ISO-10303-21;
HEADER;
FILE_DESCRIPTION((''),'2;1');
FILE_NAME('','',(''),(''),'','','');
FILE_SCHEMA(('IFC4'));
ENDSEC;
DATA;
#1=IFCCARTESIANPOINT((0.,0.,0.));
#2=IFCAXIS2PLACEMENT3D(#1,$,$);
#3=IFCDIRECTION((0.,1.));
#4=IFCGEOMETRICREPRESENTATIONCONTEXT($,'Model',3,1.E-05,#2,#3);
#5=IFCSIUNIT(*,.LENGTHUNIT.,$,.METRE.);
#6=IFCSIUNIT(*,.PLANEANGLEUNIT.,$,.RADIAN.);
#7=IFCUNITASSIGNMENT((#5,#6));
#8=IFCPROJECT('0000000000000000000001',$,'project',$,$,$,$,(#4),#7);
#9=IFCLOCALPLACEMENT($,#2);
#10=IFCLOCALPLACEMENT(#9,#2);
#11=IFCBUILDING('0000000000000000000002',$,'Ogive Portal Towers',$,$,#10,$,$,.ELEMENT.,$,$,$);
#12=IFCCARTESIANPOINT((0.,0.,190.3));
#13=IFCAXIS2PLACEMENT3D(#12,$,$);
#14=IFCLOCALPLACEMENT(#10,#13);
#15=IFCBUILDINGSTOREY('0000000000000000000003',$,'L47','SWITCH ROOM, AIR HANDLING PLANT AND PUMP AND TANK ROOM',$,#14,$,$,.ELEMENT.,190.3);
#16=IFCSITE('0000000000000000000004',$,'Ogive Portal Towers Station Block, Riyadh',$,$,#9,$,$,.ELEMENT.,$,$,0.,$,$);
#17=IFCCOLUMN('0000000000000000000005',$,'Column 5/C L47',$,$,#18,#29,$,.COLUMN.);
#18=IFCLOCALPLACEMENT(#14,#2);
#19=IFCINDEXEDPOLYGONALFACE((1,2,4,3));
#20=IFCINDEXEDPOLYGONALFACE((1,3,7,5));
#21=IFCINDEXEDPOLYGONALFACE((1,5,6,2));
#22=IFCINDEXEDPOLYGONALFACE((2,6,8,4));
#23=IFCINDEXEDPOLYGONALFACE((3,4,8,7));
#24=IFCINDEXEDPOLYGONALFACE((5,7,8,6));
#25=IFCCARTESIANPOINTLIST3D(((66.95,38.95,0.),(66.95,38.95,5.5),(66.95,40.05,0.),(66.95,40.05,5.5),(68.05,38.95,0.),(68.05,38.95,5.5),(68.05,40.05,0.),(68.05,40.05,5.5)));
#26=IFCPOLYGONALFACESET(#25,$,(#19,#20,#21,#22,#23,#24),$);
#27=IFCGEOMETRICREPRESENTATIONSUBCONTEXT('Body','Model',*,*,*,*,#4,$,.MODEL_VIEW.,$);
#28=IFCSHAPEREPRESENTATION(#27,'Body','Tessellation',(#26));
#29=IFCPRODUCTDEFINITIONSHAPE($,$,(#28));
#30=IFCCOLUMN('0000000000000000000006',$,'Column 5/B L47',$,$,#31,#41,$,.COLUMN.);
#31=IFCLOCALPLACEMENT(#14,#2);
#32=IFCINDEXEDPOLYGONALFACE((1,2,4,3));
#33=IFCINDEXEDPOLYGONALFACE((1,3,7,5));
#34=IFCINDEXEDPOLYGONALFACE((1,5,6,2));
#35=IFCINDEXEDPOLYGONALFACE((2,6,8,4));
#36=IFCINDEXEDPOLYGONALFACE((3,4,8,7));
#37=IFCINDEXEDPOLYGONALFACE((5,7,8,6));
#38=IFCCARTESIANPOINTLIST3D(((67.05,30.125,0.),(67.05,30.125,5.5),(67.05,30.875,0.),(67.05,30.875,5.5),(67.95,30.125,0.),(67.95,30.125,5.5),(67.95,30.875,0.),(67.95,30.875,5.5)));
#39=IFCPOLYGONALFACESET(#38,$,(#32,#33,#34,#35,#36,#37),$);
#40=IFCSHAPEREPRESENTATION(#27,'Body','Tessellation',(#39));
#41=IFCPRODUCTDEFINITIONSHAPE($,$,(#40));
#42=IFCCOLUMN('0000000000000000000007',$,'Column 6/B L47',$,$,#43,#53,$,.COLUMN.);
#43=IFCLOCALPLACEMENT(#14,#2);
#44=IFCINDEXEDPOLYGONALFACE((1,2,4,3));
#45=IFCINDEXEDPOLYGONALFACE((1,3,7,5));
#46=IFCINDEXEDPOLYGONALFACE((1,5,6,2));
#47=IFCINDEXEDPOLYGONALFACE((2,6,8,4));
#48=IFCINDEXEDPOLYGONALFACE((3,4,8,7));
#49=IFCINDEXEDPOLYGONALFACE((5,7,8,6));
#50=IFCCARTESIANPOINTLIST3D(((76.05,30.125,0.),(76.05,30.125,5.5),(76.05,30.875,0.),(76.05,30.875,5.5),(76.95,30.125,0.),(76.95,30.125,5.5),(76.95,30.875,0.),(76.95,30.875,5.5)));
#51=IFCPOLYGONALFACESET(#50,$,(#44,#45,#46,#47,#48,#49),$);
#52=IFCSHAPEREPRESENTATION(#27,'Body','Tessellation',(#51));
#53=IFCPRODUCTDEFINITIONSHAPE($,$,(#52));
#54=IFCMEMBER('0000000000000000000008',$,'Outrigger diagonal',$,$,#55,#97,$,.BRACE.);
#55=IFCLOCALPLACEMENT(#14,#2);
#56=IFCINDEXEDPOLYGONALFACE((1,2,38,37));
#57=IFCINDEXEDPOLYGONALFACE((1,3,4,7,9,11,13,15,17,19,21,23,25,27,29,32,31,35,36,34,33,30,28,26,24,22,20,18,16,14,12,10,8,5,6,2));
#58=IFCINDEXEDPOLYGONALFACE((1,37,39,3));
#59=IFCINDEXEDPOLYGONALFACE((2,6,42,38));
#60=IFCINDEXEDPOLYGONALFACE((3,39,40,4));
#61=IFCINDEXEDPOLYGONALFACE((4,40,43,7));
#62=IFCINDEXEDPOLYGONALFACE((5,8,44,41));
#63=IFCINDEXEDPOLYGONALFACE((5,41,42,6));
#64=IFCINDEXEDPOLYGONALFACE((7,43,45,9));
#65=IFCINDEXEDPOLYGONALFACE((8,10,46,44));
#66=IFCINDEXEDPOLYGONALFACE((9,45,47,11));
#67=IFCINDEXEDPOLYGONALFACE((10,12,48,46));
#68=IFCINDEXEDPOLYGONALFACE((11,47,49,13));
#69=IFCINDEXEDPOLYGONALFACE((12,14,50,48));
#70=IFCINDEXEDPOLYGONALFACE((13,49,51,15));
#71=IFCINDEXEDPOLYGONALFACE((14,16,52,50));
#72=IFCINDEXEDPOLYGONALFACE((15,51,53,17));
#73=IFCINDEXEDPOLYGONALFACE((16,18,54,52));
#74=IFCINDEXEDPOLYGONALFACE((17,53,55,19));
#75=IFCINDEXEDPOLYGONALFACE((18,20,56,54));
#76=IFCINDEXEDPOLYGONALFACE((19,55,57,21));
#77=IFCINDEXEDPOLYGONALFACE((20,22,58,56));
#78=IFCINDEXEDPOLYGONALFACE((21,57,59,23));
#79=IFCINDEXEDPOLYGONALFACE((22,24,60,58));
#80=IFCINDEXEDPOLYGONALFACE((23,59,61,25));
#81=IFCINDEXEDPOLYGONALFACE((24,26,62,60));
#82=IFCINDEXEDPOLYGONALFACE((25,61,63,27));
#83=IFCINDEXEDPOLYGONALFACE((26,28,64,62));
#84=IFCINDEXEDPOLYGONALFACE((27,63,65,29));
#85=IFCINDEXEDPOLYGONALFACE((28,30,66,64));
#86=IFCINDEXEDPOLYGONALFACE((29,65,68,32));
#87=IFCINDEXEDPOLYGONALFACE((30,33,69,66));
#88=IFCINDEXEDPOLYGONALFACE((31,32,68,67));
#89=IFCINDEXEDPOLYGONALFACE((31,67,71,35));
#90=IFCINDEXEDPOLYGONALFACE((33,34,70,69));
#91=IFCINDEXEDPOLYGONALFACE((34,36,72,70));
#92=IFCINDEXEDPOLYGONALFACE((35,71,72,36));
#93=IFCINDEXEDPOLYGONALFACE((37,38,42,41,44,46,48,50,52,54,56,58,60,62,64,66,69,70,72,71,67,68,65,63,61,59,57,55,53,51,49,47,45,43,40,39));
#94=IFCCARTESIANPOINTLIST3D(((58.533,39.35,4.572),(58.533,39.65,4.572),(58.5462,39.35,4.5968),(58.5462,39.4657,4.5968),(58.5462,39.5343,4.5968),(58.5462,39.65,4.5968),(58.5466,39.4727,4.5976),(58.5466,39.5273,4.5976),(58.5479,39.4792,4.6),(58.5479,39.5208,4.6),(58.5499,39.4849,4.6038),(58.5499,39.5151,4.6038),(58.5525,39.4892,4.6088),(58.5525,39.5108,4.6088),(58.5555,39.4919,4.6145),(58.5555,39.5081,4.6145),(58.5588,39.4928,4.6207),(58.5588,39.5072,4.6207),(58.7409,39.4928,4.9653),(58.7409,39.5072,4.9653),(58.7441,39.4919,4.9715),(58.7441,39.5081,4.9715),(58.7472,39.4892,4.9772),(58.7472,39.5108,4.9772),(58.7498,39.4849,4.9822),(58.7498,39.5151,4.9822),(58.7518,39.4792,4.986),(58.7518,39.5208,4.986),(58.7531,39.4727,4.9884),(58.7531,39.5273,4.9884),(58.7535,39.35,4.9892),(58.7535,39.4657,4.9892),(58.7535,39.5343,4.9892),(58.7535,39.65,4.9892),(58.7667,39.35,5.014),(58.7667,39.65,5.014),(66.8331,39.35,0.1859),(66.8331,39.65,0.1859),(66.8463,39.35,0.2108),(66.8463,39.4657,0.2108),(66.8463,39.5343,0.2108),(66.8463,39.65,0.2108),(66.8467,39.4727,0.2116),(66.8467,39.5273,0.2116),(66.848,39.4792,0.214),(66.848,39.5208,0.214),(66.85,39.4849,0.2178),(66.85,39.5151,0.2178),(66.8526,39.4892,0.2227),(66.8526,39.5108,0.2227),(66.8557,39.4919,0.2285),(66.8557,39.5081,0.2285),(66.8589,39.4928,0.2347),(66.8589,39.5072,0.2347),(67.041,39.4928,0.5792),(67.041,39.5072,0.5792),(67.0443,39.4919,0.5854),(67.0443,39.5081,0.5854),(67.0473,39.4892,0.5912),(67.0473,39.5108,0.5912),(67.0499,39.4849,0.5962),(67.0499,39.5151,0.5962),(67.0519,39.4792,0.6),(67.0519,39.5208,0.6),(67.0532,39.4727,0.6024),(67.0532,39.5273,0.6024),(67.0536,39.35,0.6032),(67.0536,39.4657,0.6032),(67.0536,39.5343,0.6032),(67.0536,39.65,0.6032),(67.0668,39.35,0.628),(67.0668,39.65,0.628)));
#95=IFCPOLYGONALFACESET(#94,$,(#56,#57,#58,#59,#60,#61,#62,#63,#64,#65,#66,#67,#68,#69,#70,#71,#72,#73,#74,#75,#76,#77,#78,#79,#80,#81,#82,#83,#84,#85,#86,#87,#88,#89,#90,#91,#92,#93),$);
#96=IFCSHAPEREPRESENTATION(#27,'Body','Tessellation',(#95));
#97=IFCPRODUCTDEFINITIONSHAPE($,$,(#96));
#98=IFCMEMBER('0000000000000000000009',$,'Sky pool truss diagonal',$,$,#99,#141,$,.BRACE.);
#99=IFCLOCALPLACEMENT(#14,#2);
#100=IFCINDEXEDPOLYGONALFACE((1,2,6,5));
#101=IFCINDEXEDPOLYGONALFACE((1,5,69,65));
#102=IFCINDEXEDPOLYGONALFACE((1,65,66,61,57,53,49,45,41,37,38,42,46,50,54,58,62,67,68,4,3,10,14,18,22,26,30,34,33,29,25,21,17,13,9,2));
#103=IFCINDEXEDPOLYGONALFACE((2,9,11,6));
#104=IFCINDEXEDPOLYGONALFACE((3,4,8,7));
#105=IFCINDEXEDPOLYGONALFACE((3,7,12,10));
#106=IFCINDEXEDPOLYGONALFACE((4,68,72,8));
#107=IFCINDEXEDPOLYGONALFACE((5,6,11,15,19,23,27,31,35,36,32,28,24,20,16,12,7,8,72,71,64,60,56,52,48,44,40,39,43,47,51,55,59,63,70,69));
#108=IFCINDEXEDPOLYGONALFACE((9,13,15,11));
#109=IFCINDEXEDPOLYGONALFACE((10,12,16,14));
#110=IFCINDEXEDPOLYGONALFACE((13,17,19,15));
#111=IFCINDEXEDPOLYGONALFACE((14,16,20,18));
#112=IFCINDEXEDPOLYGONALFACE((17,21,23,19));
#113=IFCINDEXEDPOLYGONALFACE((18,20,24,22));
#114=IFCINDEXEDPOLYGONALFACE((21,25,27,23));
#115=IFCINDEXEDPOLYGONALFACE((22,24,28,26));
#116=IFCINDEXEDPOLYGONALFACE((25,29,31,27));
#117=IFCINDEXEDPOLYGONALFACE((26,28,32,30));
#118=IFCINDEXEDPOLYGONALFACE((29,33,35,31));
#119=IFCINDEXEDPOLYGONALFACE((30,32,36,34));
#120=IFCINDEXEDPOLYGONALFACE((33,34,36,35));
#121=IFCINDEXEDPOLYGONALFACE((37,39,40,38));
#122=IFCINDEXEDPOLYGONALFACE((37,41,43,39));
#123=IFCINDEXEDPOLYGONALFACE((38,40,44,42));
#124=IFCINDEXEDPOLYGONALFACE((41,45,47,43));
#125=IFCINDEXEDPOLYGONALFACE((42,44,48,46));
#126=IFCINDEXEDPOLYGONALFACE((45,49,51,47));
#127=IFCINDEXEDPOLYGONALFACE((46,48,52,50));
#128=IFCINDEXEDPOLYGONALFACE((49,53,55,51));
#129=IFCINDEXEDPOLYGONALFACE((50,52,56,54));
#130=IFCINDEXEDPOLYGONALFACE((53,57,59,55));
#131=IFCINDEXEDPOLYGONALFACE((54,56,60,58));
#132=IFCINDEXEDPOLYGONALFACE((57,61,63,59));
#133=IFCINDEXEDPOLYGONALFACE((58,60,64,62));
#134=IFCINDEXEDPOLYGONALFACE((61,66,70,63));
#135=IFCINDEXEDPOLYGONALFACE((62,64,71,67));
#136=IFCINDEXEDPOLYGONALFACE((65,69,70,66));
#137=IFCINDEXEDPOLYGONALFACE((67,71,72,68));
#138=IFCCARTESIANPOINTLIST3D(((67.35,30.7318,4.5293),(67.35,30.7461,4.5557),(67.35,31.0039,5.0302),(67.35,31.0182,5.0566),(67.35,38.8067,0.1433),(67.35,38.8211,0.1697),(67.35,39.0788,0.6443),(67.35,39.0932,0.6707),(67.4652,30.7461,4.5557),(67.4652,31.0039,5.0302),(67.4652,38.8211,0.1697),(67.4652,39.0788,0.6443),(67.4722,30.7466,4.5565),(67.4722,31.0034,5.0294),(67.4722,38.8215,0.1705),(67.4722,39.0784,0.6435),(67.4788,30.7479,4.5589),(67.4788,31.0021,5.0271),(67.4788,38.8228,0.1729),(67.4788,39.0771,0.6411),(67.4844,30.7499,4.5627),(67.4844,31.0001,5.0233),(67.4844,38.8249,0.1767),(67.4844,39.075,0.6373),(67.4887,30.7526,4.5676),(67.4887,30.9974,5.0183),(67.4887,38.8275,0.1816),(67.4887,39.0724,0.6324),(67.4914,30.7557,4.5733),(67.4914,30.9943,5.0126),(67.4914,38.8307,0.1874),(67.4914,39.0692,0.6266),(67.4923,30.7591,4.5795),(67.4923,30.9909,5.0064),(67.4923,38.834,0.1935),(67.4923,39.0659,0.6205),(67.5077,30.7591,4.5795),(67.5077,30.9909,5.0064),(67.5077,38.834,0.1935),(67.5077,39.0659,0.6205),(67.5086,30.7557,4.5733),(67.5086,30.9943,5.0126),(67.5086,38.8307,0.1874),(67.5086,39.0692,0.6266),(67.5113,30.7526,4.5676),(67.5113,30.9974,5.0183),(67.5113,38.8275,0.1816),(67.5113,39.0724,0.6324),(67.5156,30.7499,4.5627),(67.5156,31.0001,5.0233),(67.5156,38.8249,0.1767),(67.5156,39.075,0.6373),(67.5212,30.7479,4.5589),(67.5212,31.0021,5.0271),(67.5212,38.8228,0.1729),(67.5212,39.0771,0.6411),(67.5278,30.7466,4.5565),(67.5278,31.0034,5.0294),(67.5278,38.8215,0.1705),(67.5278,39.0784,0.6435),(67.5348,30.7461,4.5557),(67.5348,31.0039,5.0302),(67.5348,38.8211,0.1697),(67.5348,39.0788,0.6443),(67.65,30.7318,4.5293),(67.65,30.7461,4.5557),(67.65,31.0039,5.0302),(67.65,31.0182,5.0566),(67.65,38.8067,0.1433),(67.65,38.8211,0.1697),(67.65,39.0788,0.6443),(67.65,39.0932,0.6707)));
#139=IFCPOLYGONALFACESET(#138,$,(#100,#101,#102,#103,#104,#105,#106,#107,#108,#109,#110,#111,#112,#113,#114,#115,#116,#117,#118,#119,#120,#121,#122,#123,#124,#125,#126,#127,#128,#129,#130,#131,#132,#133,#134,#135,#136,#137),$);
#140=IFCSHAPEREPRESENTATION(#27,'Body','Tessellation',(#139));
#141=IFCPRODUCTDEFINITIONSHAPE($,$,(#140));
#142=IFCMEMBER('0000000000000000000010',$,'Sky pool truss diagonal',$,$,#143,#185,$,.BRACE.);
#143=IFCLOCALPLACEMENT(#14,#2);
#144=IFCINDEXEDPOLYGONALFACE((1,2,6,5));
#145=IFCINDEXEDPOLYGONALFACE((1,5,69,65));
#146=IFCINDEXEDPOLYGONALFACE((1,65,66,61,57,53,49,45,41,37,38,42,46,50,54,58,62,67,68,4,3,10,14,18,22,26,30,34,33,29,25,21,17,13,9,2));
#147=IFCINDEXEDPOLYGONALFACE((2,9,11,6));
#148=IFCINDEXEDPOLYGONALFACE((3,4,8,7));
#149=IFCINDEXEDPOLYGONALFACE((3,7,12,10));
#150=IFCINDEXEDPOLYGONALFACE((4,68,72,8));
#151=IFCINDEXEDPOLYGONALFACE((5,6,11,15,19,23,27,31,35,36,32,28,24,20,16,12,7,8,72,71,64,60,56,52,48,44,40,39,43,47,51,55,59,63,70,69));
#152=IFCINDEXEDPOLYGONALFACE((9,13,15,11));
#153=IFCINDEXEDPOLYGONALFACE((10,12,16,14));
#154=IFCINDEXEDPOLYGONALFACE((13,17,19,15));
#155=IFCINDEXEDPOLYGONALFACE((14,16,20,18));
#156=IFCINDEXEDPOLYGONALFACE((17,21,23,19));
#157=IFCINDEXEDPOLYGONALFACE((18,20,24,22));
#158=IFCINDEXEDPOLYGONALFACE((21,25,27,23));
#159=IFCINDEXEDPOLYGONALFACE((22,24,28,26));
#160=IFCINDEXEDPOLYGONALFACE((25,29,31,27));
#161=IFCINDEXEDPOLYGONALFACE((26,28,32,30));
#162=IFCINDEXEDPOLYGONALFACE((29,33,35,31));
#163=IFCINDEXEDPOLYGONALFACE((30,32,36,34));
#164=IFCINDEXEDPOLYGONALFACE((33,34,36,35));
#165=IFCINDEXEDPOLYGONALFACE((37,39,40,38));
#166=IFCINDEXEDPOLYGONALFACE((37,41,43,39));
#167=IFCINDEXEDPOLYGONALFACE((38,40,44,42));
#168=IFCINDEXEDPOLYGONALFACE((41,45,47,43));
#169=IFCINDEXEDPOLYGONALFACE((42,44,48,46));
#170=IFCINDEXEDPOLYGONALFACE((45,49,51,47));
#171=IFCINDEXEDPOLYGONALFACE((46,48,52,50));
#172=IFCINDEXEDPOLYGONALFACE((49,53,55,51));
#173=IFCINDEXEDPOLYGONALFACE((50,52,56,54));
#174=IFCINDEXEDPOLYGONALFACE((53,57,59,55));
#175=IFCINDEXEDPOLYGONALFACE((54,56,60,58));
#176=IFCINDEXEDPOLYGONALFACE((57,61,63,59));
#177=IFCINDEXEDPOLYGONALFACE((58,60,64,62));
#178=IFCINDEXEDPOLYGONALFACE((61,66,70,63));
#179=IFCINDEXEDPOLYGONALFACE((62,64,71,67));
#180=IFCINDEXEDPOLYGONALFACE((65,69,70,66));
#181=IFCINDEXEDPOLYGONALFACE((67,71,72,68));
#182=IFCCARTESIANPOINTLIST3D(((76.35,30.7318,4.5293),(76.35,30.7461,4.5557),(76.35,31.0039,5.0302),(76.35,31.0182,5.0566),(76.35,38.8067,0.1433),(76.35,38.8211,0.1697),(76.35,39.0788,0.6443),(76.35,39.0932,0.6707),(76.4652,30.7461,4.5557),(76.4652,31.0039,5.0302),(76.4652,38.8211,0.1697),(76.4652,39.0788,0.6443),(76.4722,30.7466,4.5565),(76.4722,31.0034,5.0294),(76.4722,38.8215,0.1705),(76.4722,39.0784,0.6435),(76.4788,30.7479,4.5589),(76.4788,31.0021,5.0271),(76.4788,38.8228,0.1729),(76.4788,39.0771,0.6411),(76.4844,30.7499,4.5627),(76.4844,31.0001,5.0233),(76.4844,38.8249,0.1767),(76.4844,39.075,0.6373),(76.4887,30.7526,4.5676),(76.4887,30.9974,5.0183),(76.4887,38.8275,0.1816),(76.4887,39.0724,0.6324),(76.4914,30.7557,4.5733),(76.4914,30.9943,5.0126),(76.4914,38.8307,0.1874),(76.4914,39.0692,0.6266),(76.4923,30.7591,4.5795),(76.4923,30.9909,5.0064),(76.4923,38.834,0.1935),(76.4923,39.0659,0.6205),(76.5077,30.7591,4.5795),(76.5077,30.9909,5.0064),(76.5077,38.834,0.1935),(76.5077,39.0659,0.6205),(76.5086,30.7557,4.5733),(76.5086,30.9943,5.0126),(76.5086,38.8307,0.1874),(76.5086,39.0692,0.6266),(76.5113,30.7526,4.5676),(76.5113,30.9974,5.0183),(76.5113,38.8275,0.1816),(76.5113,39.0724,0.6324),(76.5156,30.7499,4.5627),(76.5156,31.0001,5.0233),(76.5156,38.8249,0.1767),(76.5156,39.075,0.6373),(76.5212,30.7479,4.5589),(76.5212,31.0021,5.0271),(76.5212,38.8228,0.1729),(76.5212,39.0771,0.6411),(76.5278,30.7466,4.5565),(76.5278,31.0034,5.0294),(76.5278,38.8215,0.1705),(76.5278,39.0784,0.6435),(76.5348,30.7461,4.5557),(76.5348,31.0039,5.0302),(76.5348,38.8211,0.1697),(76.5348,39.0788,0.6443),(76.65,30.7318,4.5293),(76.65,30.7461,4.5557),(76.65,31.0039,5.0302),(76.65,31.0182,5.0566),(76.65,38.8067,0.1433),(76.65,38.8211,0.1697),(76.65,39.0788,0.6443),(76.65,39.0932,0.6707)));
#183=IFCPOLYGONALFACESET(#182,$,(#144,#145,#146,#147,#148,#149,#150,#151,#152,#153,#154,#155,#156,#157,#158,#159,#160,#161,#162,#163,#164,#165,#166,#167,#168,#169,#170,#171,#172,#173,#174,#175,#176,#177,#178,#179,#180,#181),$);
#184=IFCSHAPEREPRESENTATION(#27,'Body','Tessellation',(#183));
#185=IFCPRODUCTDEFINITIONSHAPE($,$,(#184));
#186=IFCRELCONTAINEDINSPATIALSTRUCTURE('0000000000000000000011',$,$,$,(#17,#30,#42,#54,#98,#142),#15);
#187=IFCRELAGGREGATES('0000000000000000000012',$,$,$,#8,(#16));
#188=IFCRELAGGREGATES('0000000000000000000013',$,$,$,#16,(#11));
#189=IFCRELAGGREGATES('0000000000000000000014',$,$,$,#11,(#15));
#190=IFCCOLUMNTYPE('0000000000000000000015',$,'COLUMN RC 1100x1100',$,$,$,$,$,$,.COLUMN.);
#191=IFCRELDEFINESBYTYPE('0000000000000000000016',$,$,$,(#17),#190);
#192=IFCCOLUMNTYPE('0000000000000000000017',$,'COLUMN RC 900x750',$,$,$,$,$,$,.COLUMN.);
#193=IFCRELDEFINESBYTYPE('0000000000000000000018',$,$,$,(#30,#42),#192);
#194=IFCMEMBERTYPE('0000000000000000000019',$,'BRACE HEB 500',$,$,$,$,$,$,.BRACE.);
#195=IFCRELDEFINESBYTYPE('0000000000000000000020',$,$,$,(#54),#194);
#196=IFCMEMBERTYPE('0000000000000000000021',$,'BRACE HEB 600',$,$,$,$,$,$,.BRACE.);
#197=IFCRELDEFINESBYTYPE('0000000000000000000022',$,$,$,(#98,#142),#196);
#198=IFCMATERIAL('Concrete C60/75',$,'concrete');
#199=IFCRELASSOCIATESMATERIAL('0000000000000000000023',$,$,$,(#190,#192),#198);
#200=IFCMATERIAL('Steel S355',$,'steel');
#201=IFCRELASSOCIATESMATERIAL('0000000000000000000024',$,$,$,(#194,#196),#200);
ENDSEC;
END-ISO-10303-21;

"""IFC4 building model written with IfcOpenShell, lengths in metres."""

from ifc_helpers import new_model, si_unit, direction, frame, origin, origin_2d, place, context, subcontext, project, spatial, rectangle, i_section, extrude, material, material_profile, profile_set, type_object, element, save


model = new_model("IFC4")

# Units and contexts
model_context = context("Model", 3, precision=1e-05, world=origin(), true_north=direction((0.0, 1.0)))
body_context = subcontext(model_context, "Body", "Model", "MODEL_VIEW")
ifc_project = project(units=[si_unit("LENGTHUNIT", "METRE"), si_unit("PLANEANGLEUNIT", "RADIAN")], contexts=[model_context])

# Site, building, storey
site_placement = place(None, origin())
site = spatial("IfcSite", under=ifc_project, at=site_placement, Name="Ogive Portal Towers Station Block, Riyadh", CompositionType="ELEMENT", RefElevation=0.0)
building_placement = place(site_placement, origin())
building = spatial("IfcBuilding", under=site, at=building_placement, Name="Ogive Portal Towers", CompositionType="ELEMENT")
storey_placement = place(building_placement, frame((0.0, 0.0, 190.3)))
storey = spatial("IfcBuildingStorey", under=building, at=storey_placement, Name="L47", Description="SWITCH ROOM, AIR HANDLING PLANT AND PUMP AND TANK ROOM", CompositionType="ELEMENT", Elevation=190.3)

# Columns
ifc_material_1 = material(Name="Concrete C60/75", Category="concrete")
ifc_material_profile_1 = material_profile(ifc_material_1, rectangle(XDim=1.1001, YDim=1.1001, at=origin_2d()), Name="RC 1100x1100")
ifc_profile_set_1 = profile_set([ifc_material_profile_1], Name="Concrete C60/75")
column_type_1 = type_object("IfcColumnType", Name="COLUMN RC 1100x1100", PredefinedType="COLUMN", material=ifc_profile_set_1)
column_placement = place(storey_placement, frame((67.5, 39.5, 0.0), z_axis=(0.0, 0.0, 1.0), x_axis=(1.0, 0.0, 0.0)))
element("IfcColumn", 1, at=column_placement, inside=storey, type_object=column_type_1, Name="Column 5/C L47", PredefinedType="COLUMN", context=body_context, shape_type="SweptSolid", body=[
    extrude(rectangle(XDim=1.1001, YDim=1.1001, at=origin_2d()), origin(), (0.0, 0.0, 1.0), 5.5),
])
ifc_material_profile_2 = material_profile(ifc_material_1, rectangle(XDim=0.8999, YDim=0.75, at=origin_2d()), Name="RC 900x750")
ifc_profile_set_2 = profile_set([ifc_material_profile_2], Name="Concrete C60/75")
column_type_2 = type_object("IfcColumnType", Name="COLUMN RC 900x750", PredefinedType="COLUMN", material=ifc_profile_set_2)
for number, where, z_axis, x_axis, name in (
    (2, (67.5, 30.5, 0.0), (0.0, 0.0, 1.0), (1.0, 0.0, 0.0), "Column 5/B L47"),
    (3, (76.5, 30.5, 0.0), (0.0, 0.0, 1.0), (1.0, 0.0, 0.0), "Column 6/B L47"),
):
    element("IfcColumn", number, at=place(storey_placement, frame(where, z_axis=z_axis, x_axis=x_axis)), inside=storey, type_object=column_type_2, Name=name, PredefinedType="COLUMN", context=body_context, shape_type="SweptSolid", body=[
        extrude(rectangle(XDim=0.8999, YDim=0.75, at=origin_2d()), origin(), (0.0, 0.0, 1.0), 5.5),
    ])

# Members
ifc_material_2 = material(Name="Steel S355", Category="steel")
ifc_material_profile_3 = material_profile(ifc_material_2, i_section(OverallWidth=0.3, OverallDepth=0.5, WebThickness=0.0144, FlangeThickness=0.0281, FilletRadius=0.0271, at=origin_2d()), Name="HEB 500")
ifc_profile_set_3 = profile_set([ifc_material_profile_3], Name="Steel S355")
member_type_1 = type_object("IfcMemberType", Name="BRACE HEB 500", PredefinedType="BRACE", material=ifc_profile_set_3)
member_placement = place(storey_placement, frame((66.95, 39.5, 0.407), z_axis=(-0.884147, 0.0, 0.467209), x_axis=(0.0, -1.0, 0.0)))
element("IfcMember", 4, at=member_placement, inside=storey, type_object=member_type_1, Name="Outrigger diagonal", PredefinedType="BRACE", context=body_context, shape_type="SweptSolid", body=[
    extrude(i_section(OverallWidth=0.3, OverallDepth=0.5, WebThickness=0.0144, FlangeThickness=0.0281, FilletRadius=0.0271, at=origin_2d()), origin(), (0.0, 0.0, 1.0), 9.3877),
])
ifc_material_profile_4 = material_profile(ifc_material_2, i_section(OverallWidth=0.3, OverallDepth=0.6001, WebThickness=0.0154, FlangeThickness=0.03, FilletRadius=0.0271, at=origin_2d()), Name="HEB 600")
ifc_profile_set_4 = profile_set([ifc_material_profile_4], Name="Steel S355")
member_type_2 = type_object("IfcMemberType", Name="BRACE HEB 600", PredefinedType="BRACE", material=ifc_profile_set_4)
for number, where, z_axis, x_axis, name in (
    (5, (67.5, 30.875, 4.793), (0.0, 0.878742, -0.477297), (-1.0, 0.0, 0.0), "Sky pool truss diagonal"),
    (6, (76.5, 30.875, 4.793), (0.0, 0.878742, -0.477297), (-1.0, 0.0, 0.0), "Sky pool truss diagonal"),
):
    element("IfcMember", number, at=place(storey_placement, frame(where, z_axis=z_axis, x_axis=x_axis)), inside=storey, type_object=member_type_2, Name=name, PredefinedType="BRACE", context=body_context, shape_type="SweptSolid", body=[
        extrude(i_section(OverallWidth=0.3, OverallDepth=0.6001, WebThickness=0.0154, FlangeThickness=0.03, FilletRadius=0.0271, at=origin_2d()), origin(), (0.0, 0.0, 1.0), 9.1892),
    ])

save(model, "model.ifc")
